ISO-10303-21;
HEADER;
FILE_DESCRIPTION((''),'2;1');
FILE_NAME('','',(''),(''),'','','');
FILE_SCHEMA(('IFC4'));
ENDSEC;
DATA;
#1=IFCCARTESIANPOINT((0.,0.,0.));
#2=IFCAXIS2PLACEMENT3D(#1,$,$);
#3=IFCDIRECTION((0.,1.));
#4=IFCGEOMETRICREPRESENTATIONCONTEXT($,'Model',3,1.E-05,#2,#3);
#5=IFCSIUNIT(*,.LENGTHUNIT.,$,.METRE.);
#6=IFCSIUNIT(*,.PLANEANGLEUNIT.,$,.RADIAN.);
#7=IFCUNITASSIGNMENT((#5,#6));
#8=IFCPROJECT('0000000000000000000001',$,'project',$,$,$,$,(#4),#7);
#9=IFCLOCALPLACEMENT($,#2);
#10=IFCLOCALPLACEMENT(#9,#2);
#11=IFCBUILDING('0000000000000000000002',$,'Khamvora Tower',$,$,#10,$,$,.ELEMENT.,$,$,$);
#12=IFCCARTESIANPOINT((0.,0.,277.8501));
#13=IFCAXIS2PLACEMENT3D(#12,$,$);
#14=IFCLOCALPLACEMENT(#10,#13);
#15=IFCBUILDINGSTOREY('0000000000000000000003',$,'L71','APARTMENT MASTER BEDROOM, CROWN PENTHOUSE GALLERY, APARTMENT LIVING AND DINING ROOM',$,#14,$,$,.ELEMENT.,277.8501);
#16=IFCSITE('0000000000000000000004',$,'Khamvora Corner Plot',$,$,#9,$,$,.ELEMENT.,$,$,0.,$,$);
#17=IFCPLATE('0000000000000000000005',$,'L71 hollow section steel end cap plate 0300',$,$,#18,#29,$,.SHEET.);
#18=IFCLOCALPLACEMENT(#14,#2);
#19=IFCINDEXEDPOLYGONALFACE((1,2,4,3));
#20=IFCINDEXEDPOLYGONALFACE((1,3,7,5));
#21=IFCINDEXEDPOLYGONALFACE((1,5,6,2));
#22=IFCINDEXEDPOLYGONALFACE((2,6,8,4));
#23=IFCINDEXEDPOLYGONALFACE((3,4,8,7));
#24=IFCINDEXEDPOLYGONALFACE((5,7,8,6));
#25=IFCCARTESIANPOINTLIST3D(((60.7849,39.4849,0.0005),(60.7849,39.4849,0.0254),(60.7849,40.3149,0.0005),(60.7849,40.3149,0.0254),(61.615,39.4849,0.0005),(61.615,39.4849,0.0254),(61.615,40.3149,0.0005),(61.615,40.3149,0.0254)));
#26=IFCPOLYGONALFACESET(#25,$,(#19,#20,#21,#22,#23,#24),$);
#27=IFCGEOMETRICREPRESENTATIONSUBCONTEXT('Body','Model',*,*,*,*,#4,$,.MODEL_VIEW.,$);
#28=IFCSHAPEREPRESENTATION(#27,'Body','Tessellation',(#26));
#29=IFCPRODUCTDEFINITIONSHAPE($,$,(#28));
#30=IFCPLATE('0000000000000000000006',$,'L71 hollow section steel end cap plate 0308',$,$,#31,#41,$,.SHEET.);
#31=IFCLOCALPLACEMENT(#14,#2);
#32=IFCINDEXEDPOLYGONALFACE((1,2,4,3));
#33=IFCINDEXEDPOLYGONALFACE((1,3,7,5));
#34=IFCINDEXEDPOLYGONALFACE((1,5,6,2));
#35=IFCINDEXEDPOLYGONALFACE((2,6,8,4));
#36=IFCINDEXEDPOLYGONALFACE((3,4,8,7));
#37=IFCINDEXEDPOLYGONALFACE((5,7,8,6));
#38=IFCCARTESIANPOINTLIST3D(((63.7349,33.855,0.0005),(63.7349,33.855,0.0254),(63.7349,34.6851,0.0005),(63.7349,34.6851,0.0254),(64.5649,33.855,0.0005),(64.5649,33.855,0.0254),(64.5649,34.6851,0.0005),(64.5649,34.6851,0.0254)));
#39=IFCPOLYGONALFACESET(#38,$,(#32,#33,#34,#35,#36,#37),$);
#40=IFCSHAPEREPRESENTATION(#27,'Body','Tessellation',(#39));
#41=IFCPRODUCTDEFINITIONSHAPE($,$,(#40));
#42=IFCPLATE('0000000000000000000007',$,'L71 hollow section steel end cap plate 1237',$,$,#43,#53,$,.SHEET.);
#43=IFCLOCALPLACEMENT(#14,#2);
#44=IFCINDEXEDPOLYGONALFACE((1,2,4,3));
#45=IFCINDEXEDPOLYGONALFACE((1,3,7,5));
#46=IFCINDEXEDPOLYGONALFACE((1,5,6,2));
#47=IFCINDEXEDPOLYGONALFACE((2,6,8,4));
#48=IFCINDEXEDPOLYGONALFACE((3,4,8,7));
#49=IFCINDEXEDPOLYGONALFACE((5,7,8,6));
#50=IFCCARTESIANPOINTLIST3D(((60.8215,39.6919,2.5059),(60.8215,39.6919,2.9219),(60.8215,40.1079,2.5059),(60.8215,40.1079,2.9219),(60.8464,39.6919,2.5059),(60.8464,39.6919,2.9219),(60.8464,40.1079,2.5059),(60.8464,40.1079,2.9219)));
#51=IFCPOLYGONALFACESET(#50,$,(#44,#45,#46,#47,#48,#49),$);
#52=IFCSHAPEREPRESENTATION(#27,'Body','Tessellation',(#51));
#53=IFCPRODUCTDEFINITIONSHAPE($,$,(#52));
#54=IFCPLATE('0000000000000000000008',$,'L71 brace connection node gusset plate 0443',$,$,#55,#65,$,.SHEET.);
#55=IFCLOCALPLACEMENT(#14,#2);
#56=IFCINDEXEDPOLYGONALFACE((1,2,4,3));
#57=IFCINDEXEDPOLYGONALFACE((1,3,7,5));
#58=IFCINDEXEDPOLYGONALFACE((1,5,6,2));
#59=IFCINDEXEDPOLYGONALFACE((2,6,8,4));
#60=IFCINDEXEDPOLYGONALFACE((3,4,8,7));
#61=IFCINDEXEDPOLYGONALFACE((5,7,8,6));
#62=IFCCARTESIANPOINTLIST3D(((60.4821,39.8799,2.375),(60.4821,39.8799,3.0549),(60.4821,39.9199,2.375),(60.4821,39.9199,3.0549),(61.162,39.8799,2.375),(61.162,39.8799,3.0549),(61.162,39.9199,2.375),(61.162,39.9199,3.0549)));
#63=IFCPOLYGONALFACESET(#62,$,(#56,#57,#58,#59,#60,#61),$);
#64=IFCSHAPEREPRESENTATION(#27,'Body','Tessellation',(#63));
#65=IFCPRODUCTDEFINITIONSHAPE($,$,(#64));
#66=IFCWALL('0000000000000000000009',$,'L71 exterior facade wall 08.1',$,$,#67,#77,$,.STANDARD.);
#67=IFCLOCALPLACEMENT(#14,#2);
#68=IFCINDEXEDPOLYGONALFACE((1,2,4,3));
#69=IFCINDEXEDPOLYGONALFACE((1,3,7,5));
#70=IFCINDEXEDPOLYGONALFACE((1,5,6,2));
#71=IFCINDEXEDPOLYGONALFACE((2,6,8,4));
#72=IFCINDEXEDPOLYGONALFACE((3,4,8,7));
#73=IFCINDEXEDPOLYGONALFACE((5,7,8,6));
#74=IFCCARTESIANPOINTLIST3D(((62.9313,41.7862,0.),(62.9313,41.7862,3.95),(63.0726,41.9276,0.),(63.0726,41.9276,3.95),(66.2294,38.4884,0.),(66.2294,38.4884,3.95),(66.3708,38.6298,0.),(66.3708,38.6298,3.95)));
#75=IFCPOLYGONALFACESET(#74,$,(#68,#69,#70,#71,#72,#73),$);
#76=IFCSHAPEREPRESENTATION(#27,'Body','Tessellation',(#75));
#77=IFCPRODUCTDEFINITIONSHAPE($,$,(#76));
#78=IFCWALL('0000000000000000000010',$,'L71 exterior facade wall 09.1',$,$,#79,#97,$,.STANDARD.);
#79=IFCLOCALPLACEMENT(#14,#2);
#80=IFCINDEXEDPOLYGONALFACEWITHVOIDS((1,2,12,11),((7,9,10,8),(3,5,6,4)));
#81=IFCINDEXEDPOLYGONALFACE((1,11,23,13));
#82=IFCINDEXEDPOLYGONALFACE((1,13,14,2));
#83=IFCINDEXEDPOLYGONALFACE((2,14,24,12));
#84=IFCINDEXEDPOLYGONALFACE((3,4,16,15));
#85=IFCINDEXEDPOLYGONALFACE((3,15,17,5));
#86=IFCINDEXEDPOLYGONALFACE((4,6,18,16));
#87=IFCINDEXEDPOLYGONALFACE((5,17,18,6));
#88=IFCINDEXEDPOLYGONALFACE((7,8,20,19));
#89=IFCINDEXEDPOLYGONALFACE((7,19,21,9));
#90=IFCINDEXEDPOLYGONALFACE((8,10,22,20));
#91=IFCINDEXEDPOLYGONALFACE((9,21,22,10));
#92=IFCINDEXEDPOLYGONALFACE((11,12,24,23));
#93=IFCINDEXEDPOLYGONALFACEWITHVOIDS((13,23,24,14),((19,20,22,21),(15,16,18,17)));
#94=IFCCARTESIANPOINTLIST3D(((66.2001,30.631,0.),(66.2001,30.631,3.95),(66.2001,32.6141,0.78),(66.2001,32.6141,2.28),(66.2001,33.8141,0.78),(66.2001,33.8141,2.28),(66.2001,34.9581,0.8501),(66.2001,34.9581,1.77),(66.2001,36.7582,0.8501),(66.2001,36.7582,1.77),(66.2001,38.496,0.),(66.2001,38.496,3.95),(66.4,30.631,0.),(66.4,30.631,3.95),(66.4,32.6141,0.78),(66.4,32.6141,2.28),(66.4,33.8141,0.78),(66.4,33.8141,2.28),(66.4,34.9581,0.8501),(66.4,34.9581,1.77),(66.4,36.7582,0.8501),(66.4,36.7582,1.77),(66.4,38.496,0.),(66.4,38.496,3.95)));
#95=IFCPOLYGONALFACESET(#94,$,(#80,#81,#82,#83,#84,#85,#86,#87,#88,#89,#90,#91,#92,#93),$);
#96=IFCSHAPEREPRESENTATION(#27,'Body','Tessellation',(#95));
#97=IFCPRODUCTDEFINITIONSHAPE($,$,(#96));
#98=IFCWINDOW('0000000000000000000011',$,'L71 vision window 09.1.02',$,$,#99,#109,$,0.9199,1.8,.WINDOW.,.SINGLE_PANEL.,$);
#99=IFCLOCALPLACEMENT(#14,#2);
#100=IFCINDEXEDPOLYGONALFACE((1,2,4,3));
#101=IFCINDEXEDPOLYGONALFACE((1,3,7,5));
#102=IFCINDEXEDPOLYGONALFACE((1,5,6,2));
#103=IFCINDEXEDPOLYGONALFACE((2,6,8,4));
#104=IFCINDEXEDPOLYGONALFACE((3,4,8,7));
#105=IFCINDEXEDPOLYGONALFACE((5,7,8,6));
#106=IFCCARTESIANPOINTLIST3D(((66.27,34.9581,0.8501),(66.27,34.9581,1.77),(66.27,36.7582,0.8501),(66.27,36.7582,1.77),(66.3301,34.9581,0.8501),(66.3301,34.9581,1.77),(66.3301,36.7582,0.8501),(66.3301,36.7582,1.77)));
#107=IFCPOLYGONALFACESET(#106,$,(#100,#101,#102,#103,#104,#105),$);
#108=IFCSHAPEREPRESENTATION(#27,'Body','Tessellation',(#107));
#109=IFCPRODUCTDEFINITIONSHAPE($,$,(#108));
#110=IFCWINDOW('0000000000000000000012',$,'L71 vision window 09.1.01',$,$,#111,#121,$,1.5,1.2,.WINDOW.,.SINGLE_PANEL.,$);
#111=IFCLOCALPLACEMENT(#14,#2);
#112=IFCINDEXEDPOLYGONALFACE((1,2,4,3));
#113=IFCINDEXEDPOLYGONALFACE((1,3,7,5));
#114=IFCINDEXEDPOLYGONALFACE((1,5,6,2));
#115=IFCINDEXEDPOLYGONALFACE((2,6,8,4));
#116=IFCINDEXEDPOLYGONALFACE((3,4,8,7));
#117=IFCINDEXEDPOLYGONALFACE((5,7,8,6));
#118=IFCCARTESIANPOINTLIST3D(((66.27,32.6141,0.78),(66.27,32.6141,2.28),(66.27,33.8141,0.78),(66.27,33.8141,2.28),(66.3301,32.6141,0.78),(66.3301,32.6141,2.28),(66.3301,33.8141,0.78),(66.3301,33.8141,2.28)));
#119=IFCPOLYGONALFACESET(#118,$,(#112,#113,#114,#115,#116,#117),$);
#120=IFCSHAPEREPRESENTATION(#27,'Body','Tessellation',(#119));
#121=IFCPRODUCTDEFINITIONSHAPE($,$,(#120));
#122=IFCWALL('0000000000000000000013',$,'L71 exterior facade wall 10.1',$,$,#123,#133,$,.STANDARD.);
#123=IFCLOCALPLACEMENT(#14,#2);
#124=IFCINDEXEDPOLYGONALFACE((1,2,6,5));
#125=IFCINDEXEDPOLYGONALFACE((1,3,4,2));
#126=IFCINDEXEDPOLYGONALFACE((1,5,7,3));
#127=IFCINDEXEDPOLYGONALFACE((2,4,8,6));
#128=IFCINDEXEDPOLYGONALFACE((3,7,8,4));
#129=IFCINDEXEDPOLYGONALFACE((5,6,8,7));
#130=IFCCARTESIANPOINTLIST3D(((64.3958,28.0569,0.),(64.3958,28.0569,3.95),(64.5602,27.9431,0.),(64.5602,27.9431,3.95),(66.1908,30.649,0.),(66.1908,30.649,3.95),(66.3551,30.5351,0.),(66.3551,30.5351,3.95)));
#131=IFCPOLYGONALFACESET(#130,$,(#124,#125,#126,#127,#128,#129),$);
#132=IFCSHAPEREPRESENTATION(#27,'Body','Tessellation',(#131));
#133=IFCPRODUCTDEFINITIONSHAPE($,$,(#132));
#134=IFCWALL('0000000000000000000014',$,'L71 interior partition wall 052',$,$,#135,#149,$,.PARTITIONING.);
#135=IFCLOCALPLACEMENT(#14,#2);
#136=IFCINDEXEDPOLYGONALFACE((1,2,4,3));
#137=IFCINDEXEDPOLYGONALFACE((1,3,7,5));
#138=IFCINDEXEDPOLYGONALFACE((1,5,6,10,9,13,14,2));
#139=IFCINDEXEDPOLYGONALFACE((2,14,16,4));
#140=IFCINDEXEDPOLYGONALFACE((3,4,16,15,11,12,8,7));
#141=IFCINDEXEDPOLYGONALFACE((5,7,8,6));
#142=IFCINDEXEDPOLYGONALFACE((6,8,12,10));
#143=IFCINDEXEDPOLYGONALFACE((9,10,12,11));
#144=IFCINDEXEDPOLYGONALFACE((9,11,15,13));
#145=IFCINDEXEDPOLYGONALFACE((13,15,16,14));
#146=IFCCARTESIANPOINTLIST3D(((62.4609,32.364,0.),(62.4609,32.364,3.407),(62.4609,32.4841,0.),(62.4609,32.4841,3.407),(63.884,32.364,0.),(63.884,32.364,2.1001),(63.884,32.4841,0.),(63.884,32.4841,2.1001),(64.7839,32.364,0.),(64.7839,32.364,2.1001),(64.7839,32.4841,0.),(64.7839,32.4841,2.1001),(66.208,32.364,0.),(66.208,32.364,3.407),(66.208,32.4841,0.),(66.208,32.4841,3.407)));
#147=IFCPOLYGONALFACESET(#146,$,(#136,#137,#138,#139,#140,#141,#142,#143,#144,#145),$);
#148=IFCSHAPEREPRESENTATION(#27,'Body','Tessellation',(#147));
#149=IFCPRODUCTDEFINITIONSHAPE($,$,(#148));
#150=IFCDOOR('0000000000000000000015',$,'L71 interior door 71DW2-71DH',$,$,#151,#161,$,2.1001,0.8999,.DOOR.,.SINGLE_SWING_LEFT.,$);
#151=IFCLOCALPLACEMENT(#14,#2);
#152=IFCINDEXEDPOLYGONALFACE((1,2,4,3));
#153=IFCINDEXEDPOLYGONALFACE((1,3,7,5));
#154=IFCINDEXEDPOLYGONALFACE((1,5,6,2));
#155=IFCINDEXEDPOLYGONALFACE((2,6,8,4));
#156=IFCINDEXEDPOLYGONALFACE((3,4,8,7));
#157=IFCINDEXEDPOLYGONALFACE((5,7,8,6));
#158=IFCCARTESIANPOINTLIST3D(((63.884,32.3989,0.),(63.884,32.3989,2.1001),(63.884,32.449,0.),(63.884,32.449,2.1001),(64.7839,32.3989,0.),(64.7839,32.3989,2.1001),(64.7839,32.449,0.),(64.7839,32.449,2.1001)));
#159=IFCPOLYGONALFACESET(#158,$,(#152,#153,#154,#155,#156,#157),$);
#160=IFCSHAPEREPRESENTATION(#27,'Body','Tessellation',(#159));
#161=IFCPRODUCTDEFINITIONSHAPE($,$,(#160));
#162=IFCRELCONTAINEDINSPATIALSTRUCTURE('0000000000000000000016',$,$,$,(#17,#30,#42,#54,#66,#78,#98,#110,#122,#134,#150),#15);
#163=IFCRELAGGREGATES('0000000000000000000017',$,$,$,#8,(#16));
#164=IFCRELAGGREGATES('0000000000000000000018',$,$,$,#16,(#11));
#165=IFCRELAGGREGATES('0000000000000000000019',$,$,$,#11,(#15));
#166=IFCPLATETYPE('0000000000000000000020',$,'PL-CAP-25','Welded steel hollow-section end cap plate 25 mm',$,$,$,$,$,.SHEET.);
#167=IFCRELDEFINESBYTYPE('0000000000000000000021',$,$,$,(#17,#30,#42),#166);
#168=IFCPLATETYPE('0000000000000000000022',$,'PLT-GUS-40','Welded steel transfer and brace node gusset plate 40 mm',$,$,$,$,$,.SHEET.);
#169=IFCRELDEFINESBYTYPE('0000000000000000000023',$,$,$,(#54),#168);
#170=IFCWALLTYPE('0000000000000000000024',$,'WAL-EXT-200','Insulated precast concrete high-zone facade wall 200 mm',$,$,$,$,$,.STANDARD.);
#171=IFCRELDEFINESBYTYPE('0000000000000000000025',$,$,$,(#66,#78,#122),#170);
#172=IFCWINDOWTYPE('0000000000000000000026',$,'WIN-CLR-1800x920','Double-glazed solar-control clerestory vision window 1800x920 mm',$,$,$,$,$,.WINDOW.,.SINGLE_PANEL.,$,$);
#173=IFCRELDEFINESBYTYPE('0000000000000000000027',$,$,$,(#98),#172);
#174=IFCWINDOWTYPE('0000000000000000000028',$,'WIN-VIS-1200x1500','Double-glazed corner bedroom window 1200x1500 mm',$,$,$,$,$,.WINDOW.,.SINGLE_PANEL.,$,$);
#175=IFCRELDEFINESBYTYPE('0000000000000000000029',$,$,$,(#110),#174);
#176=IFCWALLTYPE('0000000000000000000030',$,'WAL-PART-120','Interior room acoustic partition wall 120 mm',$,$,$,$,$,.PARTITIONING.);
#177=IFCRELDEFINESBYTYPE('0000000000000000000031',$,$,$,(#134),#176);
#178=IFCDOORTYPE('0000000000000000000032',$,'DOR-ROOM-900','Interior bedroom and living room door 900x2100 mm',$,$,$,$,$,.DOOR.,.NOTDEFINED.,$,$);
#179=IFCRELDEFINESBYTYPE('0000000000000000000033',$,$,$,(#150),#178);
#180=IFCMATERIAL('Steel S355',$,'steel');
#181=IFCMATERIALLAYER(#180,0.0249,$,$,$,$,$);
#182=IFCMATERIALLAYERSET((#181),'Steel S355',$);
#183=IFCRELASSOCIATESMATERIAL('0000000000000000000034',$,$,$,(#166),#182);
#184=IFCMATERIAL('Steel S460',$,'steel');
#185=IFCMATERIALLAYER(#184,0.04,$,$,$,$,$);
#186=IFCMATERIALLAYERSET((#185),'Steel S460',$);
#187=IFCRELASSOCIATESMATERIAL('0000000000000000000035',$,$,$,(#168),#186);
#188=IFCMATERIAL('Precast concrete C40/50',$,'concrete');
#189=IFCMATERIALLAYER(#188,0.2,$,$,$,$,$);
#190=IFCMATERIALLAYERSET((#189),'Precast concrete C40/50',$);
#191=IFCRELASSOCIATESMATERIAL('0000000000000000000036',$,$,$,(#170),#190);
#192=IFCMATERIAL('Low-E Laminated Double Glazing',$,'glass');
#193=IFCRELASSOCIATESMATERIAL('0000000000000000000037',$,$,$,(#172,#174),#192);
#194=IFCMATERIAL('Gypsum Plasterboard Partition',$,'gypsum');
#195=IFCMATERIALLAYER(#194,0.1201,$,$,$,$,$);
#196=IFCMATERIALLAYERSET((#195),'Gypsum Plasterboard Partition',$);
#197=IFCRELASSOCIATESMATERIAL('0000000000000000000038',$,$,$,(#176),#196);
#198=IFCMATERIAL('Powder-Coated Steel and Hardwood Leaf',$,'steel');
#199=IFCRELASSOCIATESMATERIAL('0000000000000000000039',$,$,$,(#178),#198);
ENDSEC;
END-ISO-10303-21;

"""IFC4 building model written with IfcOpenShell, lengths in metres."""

from ifc_helpers import new_model, si_unit, direction, frame, frame_2d, origin, origin_2d, place, context, subcontext, project, spatial, rectangle, extrude, material, layer, layer_set, type_object, element, fill, save


model = new_model("IFC4")

# Units and contexts
model_context = context("Model", 3, precision=1e-05, world=origin(), true_north=direction((0.0, 1.0)))
body_context = subcontext(model_context, "Body", "Model", "MODEL_VIEW")
ifc_project = project(units=[si_unit("LENGTHUNIT", "METRE"), si_unit("PLANEANGLEUNIT", "RADIAN")], contexts=[model_context])

# Site, building, storey
site_placement = place(None, origin())
site = spatial("IfcSite", under=ifc_project, at=site_placement, Name="Khamvora Corner Plot", CompositionType="ELEMENT", RefElevation=0.0)
building_placement = place(site_placement, origin())
building = spatial("IfcBuilding", under=site, at=building_placement, Name="Khamvora Tower", CompositionType="ELEMENT")
storey_placement = place(building_placement, frame((0.0, 0.0, 277.8501)))
storey = spatial("IfcBuildingStorey", under=building, at=storey_placement, Name="L71", Description="APARTMENT MASTER BEDROOM, CROWN PENTHOUSE GALLERY, APARTMENT LIVING AND DINING ROOM", CompositionType="ELEMENT", Elevation=277.8501)

# Shared definitions
ifc_material_1 = material(Name="Steel S355", Category="steel")

# Plates
ifc_layer_1 = layer(ifc_material_1, 0.0249)
ifc_layer_set_1 = layer_set([ifc_layer_1], Name="Steel S355")
plate_type_1 = type_object("IfcPlateType", Name="PL-CAP-25", Description="Welded steel hollow-section end cap plate 25 mm", PredefinedType="SHEET", material=ifc_layer_set_1)
for number, where, z_axis, x_axis, name in (
    (1, (61.2, 39.8999, 0.0005), (0.0, 0.0, 1.0), (1.0, 0.0, 0.0), "L71 hollow section steel end cap plate 0300"),
    (2, (64.1499, 34.27, 0.0005), (0.0, 0.0, 1.0), (1.0, 0.0, 0.0), "L71 hollow section steel end cap plate 0308"),
):
    element("IfcPlate", number, at=place(storey_placement, frame(where, z_axis=z_axis, x_axis=x_axis)), inside=storey, type_object=plate_type_1, Name=name, PredefinedType="SHEET", context=body_context, shape_type="SweptSolid", body=[
        extrude(rectangle(XDim=0.8301, YDim=0.8301, at=origin_2d()), origin(), (0.0, 0.0, 1.0), 0.0249),
    ])
plate_1_placement = place(storey_placement, frame((60.834, 39.8999, 2.5059), z_axis=(0.0, 0.0, 1.0), x_axis=(-1.0, 0.0, 0.0)))
element("IfcPlate", 3, at=plate_1_placement, inside=storey, type_object=plate_type_1, Name="L71 hollow section steel end cap plate 1237", PredefinedType="SHEET", context=body_context, shape_type="SweptSolid", body=[
    extrude(rectangle(XDim=0.0249, YDim=0.416, at=origin_2d()), origin(), (0.0, 0.0, 1.0), 0.416),
])
ifc_material_2 = material(Name="Steel S460", Category="steel")
ifc_layer_2 = layer(ifc_material_2, 0.04)
ifc_layer_set_2 = layer_set([ifc_layer_2], Name="Steel S460")
plate_type_2 = type_object("IfcPlateType", Name="PLT-GUS-40", Description="Welded steel transfer and brace node gusset plate 40 mm", PredefinedType="SHEET", material=ifc_layer_set_2)
plate_2_placement = place(storey_placement, frame((60.822, 39.8999, 2.375), z_axis=(0.0, 0.0, 1.0), x_axis=(1.0, 0.0, 0.0)))
element("IfcPlate", 4, at=plate_2_placement, inside=storey, type_object=plate_type_2, Name="L71 brace connection node gusset plate 0443", PredefinedType="SHEET", context=body_context, shape_type="SweptSolid", body=[
    extrude(rectangle(XDim=0.6799, YDim=0.04, at=origin_2d()), origin(), (0.0, 0.0, 1.0), 0.6799),
])

# Wall
ifc_material_3 = material(Name="Precast concrete C40/50", Category="concrete")
ifc_layer_3 = layer(ifc_material_3, 0.2)
ifc_layer_set_3 = layer_set([ifc_layer_3], Name="Precast concrete C40/50")
wall_type_1 = type_object("IfcWallType", Name="WAL-EXT-200", Description="Insulated precast concrete high-zone facade wall 200 mm", PredefinedType="STANDARD", material=ifc_layer_set_3)
wall_1_placement = place(storey_placement, frame((63.002, 41.8569, 0.0), z_axis=(0.0, 0.0, 1.0), x_axis=(0.707133, -0.707081, 0.0)))
element("IfcWall", 5, at=wall_1_placement, inside=storey, type_object=wall_type_1, Name="L71 exterior facade wall 08.1", PredefinedType="STANDARD", context=body_context, shape_type="SweptSolid", body=[
    extrude(rectangle(XDim=4.6641, YDim=0.2, at=frame_2d((2.332, 0.0))), origin(), (0.0, 0.0, 1.0), 3.95),
])

# Wall, openings, windows
wall_2_placement = place(storey_placement, frame((66.3, 38.4961, 0.0), z_axis=(0.0, 0.0, 1.0), x_axis=(0.0, -1.0, 0.0)))
wall_2 = element("IfcWall", 6, at=wall_2_placement, inside=storey, type_object=wall_type_1, Name="L71 exterior facade wall 09.1", PredefinedType="STANDARD", context=body_context, shape_type="SweptSolid", body=[
    extrude(rectangle(XDim=7.865, YDim=0.2, at=frame_2d((3.9326, 0.0))), origin(), (0.0, 0.0, 1.0), 3.95),
])
opening_1_placement = place(wall_2_placement, frame((4.6819, 0.0, 0.78)))
opening_1 = element("IfcOpeningElement", 7, at=opening_1_placement, cuts=wall_2, PredefinedType="OPENING", context=body_context, shape_type="SweptSolid", body=[
    extrude(rectangle(XDim=1.2, YDim=1.5, at=frame_2d((0.6001, 0.75))), frame((0.0, 0.1099, 0.0), z_axis=(0.0, -1.0, 0.0), x_axis=(1.0, 0.0, 0.0)), (0.0, 0.0, 1.0), 0.22),
])
opening_2_placement = place(wall_2_placement, frame((1.738, 0.0, 0.8501)))
opening_2 = element("IfcOpeningElement", 8, at=opening_2_placement, cuts=wall_2, PredefinedType="OPENING", context=body_context, shape_type="SweptSolid", body=[
    extrude(rectangle(XDim=1.8, YDim=0.9199, at=frame_2d((0.8999, 0.46))), frame((0.0, 0.1099, 0.0), z_axis=(0.0, -1.0, 0.0), x_axis=(1.0, 0.0, 0.0)), (0.0, 0.0, 1.0), 0.22),
])
ifc_material_4 = material(Name="Low-E Laminated Double Glazing", Category="glass")
window_type_1 = type_object("IfcWindowType", Name="WIN-CLR-1800x920", Description="Double-glazed solar-control clerestory vision window 1800x920 mm", PartitioningType="SINGLE_PANEL", PredefinedType="WINDOW", material=ifc_material_4)
window_1_placement = place(opening_2_placement, origin())
window_1 = element("IfcWindow", 9, at=window_1_placement, inside=storey, type_object=window_type_1, Name="L71 vision window 09.1.02", OverallHeight=0.9199, OverallWidth=1.8, PartitioningType="SINGLE_PANEL", PredefinedType="WINDOW", context=body_context, shape_type="SweptSolid", body=[
    extrude(rectangle(XDim=1.8, YDim=0.9199, at=frame_2d((0.8999, 0.46))), frame((0.0, 0.03, 0.0), z_axis=(0.0, -1.0, 0.0), x_axis=(1.0, 0.0, 0.0)), (0.0, 0.0, 1.0), 0.0601),
])
fill(opening_2, window_1)
window_type_2 = type_object("IfcWindowType", Name="WIN-VIS-1200x1500", Description="Double-glazed corner bedroom window 1200x1500 mm", PartitioningType="SINGLE_PANEL", PredefinedType="WINDOW", material=ifc_material_4)
window_2_placement = place(opening_1_placement, origin())
window_2 = element("IfcWindow", 10, at=window_2_placement, inside=storey, type_object=window_type_2, Name="L71 vision window 09.1.01", OverallHeight=1.5, OverallWidth=1.2, PartitioningType="SINGLE_PANEL", PredefinedType="WINDOW", context=body_context, shape_type="SweptSolid", body=[
    extrude(rectangle(XDim=1.2, YDim=1.5, at=frame_2d((0.6001, 0.75))), frame((0.0, 0.03, 0.0), z_axis=(0.0, -1.0, 0.0), x_axis=(1.0, 0.0, 0.0)), (0.0, 0.0, 1.0), 0.0601),
])
fill(opening_1, window_2)

# Wall
wall_3_placement = place(storey_placement, frame((66.2729, 30.592, 0.0), z_axis=(0.0, 0.0, 1.0), x_axis=(-0.569303, -0.822128, 0.0)))
element("IfcWall", 11, at=wall_3_placement, inside=storey, type_object=wall_type_1, Name="L71 exterior facade wall 10.1", PredefinedType="STANDARD", context=body_context, shape_type="SweptSolid", body=[
    extrude(rectangle(XDim=3.1528, YDim=0.2, at=frame_2d((1.5764, 0.0))), origin(), (0.0, 0.0, 1.0), 3.95),
])

# Wall, opening, door
ifc_material_5 = material(Name="Gypsum Plasterboard Partition", Category="gypsum")
ifc_layer_4 = layer(ifc_material_5, 0.1201)
ifc_layer_set_4 = layer_set([ifc_layer_4], Name="Gypsum Plasterboard Partition")
wall_type_2 = type_object("IfcWallType", Name="WAL-PART-120", Description="Interior room acoustic partition wall 120 mm", PredefinedType="PARTITIONING", material=ifc_layer_set_4)
wall_4_placement = place(storey_placement, frame((62.4609, 32.4241, 0.0), z_axis=(0.0, 0.0, 1.0), x_axis=(1.0, 0.0, 0.0)))
wall_4 = element("IfcWall", 12, at=wall_4_placement, inside=storey, type_object=wall_type_2, Name="L71 interior partition wall 052", PredefinedType="PARTITIONING", context=body_context, shape_type="SweptSolid", body=[
    extrude(rectangle(XDim=3.7471, YDim=0.1201, at=frame_2d((1.8735, 0.0))), origin(), (0.0, 0.0, 1.0), 3.407),
])
opening_3_placement = place(wall_4_placement, frame((1.4231, 0.0, 0.0)))
opening_3 = element("IfcOpeningElement", 13, at=opening_3_placement, cuts=wall_4, PredefinedType="OPENING", context=body_context, shape_type="SweptSolid", body=[
    extrude(rectangle(XDim=0.8999, YDim=2.1001, at=frame_2d((0.45, 1.05))), frame((0.0, 0.0701, 0.0), z_axis=(0.0, -1.0, 0.0), x_axis=(1.0, 0.0, 0.0)), (0.0, 0.0, 1.0), 0.1401),
])
ifc_material_6 = material(Name="Powder-Coated Steel and Hardwood Leaf", Category="steel")
door_type_1 = type_object("IfcDoorType", Name="DOR-ROOM-900", Description="Interior bedroom and living room door 900x2100 mm", OperationType="NOTDEFINED", PredefinedType="DOOR", material=ifc_material_6)
door_1_placement = place(opening_3_placement, origin())
door_1 = element("IfcDoor", 14, at=door_1_placement, inside=storey, type_object=door_type_1, Name="L71 interior door 71DW2-71DH", OperationType="SINGLE_SWING_LEFT", OverallHeight=2.1001, OverallWidth=0.8999, PredefinedType="DOOR", context=body_context, shape_type="SweptSolid", body=[
    extrude(rectangle(XDim=0.8999, YDim=2.1001, at=frame_2d((0.45, 1.05))), frame((0.0, 0.0249, 0.0), z_axis=(0.0, -1.0, 0.0), x_axis=(1.0, 0.0, 0.0)), (0.0, 0.0, 1.0), 0.05),
])
fill(opening_3, door_1)

save(model, "model.ifc")
